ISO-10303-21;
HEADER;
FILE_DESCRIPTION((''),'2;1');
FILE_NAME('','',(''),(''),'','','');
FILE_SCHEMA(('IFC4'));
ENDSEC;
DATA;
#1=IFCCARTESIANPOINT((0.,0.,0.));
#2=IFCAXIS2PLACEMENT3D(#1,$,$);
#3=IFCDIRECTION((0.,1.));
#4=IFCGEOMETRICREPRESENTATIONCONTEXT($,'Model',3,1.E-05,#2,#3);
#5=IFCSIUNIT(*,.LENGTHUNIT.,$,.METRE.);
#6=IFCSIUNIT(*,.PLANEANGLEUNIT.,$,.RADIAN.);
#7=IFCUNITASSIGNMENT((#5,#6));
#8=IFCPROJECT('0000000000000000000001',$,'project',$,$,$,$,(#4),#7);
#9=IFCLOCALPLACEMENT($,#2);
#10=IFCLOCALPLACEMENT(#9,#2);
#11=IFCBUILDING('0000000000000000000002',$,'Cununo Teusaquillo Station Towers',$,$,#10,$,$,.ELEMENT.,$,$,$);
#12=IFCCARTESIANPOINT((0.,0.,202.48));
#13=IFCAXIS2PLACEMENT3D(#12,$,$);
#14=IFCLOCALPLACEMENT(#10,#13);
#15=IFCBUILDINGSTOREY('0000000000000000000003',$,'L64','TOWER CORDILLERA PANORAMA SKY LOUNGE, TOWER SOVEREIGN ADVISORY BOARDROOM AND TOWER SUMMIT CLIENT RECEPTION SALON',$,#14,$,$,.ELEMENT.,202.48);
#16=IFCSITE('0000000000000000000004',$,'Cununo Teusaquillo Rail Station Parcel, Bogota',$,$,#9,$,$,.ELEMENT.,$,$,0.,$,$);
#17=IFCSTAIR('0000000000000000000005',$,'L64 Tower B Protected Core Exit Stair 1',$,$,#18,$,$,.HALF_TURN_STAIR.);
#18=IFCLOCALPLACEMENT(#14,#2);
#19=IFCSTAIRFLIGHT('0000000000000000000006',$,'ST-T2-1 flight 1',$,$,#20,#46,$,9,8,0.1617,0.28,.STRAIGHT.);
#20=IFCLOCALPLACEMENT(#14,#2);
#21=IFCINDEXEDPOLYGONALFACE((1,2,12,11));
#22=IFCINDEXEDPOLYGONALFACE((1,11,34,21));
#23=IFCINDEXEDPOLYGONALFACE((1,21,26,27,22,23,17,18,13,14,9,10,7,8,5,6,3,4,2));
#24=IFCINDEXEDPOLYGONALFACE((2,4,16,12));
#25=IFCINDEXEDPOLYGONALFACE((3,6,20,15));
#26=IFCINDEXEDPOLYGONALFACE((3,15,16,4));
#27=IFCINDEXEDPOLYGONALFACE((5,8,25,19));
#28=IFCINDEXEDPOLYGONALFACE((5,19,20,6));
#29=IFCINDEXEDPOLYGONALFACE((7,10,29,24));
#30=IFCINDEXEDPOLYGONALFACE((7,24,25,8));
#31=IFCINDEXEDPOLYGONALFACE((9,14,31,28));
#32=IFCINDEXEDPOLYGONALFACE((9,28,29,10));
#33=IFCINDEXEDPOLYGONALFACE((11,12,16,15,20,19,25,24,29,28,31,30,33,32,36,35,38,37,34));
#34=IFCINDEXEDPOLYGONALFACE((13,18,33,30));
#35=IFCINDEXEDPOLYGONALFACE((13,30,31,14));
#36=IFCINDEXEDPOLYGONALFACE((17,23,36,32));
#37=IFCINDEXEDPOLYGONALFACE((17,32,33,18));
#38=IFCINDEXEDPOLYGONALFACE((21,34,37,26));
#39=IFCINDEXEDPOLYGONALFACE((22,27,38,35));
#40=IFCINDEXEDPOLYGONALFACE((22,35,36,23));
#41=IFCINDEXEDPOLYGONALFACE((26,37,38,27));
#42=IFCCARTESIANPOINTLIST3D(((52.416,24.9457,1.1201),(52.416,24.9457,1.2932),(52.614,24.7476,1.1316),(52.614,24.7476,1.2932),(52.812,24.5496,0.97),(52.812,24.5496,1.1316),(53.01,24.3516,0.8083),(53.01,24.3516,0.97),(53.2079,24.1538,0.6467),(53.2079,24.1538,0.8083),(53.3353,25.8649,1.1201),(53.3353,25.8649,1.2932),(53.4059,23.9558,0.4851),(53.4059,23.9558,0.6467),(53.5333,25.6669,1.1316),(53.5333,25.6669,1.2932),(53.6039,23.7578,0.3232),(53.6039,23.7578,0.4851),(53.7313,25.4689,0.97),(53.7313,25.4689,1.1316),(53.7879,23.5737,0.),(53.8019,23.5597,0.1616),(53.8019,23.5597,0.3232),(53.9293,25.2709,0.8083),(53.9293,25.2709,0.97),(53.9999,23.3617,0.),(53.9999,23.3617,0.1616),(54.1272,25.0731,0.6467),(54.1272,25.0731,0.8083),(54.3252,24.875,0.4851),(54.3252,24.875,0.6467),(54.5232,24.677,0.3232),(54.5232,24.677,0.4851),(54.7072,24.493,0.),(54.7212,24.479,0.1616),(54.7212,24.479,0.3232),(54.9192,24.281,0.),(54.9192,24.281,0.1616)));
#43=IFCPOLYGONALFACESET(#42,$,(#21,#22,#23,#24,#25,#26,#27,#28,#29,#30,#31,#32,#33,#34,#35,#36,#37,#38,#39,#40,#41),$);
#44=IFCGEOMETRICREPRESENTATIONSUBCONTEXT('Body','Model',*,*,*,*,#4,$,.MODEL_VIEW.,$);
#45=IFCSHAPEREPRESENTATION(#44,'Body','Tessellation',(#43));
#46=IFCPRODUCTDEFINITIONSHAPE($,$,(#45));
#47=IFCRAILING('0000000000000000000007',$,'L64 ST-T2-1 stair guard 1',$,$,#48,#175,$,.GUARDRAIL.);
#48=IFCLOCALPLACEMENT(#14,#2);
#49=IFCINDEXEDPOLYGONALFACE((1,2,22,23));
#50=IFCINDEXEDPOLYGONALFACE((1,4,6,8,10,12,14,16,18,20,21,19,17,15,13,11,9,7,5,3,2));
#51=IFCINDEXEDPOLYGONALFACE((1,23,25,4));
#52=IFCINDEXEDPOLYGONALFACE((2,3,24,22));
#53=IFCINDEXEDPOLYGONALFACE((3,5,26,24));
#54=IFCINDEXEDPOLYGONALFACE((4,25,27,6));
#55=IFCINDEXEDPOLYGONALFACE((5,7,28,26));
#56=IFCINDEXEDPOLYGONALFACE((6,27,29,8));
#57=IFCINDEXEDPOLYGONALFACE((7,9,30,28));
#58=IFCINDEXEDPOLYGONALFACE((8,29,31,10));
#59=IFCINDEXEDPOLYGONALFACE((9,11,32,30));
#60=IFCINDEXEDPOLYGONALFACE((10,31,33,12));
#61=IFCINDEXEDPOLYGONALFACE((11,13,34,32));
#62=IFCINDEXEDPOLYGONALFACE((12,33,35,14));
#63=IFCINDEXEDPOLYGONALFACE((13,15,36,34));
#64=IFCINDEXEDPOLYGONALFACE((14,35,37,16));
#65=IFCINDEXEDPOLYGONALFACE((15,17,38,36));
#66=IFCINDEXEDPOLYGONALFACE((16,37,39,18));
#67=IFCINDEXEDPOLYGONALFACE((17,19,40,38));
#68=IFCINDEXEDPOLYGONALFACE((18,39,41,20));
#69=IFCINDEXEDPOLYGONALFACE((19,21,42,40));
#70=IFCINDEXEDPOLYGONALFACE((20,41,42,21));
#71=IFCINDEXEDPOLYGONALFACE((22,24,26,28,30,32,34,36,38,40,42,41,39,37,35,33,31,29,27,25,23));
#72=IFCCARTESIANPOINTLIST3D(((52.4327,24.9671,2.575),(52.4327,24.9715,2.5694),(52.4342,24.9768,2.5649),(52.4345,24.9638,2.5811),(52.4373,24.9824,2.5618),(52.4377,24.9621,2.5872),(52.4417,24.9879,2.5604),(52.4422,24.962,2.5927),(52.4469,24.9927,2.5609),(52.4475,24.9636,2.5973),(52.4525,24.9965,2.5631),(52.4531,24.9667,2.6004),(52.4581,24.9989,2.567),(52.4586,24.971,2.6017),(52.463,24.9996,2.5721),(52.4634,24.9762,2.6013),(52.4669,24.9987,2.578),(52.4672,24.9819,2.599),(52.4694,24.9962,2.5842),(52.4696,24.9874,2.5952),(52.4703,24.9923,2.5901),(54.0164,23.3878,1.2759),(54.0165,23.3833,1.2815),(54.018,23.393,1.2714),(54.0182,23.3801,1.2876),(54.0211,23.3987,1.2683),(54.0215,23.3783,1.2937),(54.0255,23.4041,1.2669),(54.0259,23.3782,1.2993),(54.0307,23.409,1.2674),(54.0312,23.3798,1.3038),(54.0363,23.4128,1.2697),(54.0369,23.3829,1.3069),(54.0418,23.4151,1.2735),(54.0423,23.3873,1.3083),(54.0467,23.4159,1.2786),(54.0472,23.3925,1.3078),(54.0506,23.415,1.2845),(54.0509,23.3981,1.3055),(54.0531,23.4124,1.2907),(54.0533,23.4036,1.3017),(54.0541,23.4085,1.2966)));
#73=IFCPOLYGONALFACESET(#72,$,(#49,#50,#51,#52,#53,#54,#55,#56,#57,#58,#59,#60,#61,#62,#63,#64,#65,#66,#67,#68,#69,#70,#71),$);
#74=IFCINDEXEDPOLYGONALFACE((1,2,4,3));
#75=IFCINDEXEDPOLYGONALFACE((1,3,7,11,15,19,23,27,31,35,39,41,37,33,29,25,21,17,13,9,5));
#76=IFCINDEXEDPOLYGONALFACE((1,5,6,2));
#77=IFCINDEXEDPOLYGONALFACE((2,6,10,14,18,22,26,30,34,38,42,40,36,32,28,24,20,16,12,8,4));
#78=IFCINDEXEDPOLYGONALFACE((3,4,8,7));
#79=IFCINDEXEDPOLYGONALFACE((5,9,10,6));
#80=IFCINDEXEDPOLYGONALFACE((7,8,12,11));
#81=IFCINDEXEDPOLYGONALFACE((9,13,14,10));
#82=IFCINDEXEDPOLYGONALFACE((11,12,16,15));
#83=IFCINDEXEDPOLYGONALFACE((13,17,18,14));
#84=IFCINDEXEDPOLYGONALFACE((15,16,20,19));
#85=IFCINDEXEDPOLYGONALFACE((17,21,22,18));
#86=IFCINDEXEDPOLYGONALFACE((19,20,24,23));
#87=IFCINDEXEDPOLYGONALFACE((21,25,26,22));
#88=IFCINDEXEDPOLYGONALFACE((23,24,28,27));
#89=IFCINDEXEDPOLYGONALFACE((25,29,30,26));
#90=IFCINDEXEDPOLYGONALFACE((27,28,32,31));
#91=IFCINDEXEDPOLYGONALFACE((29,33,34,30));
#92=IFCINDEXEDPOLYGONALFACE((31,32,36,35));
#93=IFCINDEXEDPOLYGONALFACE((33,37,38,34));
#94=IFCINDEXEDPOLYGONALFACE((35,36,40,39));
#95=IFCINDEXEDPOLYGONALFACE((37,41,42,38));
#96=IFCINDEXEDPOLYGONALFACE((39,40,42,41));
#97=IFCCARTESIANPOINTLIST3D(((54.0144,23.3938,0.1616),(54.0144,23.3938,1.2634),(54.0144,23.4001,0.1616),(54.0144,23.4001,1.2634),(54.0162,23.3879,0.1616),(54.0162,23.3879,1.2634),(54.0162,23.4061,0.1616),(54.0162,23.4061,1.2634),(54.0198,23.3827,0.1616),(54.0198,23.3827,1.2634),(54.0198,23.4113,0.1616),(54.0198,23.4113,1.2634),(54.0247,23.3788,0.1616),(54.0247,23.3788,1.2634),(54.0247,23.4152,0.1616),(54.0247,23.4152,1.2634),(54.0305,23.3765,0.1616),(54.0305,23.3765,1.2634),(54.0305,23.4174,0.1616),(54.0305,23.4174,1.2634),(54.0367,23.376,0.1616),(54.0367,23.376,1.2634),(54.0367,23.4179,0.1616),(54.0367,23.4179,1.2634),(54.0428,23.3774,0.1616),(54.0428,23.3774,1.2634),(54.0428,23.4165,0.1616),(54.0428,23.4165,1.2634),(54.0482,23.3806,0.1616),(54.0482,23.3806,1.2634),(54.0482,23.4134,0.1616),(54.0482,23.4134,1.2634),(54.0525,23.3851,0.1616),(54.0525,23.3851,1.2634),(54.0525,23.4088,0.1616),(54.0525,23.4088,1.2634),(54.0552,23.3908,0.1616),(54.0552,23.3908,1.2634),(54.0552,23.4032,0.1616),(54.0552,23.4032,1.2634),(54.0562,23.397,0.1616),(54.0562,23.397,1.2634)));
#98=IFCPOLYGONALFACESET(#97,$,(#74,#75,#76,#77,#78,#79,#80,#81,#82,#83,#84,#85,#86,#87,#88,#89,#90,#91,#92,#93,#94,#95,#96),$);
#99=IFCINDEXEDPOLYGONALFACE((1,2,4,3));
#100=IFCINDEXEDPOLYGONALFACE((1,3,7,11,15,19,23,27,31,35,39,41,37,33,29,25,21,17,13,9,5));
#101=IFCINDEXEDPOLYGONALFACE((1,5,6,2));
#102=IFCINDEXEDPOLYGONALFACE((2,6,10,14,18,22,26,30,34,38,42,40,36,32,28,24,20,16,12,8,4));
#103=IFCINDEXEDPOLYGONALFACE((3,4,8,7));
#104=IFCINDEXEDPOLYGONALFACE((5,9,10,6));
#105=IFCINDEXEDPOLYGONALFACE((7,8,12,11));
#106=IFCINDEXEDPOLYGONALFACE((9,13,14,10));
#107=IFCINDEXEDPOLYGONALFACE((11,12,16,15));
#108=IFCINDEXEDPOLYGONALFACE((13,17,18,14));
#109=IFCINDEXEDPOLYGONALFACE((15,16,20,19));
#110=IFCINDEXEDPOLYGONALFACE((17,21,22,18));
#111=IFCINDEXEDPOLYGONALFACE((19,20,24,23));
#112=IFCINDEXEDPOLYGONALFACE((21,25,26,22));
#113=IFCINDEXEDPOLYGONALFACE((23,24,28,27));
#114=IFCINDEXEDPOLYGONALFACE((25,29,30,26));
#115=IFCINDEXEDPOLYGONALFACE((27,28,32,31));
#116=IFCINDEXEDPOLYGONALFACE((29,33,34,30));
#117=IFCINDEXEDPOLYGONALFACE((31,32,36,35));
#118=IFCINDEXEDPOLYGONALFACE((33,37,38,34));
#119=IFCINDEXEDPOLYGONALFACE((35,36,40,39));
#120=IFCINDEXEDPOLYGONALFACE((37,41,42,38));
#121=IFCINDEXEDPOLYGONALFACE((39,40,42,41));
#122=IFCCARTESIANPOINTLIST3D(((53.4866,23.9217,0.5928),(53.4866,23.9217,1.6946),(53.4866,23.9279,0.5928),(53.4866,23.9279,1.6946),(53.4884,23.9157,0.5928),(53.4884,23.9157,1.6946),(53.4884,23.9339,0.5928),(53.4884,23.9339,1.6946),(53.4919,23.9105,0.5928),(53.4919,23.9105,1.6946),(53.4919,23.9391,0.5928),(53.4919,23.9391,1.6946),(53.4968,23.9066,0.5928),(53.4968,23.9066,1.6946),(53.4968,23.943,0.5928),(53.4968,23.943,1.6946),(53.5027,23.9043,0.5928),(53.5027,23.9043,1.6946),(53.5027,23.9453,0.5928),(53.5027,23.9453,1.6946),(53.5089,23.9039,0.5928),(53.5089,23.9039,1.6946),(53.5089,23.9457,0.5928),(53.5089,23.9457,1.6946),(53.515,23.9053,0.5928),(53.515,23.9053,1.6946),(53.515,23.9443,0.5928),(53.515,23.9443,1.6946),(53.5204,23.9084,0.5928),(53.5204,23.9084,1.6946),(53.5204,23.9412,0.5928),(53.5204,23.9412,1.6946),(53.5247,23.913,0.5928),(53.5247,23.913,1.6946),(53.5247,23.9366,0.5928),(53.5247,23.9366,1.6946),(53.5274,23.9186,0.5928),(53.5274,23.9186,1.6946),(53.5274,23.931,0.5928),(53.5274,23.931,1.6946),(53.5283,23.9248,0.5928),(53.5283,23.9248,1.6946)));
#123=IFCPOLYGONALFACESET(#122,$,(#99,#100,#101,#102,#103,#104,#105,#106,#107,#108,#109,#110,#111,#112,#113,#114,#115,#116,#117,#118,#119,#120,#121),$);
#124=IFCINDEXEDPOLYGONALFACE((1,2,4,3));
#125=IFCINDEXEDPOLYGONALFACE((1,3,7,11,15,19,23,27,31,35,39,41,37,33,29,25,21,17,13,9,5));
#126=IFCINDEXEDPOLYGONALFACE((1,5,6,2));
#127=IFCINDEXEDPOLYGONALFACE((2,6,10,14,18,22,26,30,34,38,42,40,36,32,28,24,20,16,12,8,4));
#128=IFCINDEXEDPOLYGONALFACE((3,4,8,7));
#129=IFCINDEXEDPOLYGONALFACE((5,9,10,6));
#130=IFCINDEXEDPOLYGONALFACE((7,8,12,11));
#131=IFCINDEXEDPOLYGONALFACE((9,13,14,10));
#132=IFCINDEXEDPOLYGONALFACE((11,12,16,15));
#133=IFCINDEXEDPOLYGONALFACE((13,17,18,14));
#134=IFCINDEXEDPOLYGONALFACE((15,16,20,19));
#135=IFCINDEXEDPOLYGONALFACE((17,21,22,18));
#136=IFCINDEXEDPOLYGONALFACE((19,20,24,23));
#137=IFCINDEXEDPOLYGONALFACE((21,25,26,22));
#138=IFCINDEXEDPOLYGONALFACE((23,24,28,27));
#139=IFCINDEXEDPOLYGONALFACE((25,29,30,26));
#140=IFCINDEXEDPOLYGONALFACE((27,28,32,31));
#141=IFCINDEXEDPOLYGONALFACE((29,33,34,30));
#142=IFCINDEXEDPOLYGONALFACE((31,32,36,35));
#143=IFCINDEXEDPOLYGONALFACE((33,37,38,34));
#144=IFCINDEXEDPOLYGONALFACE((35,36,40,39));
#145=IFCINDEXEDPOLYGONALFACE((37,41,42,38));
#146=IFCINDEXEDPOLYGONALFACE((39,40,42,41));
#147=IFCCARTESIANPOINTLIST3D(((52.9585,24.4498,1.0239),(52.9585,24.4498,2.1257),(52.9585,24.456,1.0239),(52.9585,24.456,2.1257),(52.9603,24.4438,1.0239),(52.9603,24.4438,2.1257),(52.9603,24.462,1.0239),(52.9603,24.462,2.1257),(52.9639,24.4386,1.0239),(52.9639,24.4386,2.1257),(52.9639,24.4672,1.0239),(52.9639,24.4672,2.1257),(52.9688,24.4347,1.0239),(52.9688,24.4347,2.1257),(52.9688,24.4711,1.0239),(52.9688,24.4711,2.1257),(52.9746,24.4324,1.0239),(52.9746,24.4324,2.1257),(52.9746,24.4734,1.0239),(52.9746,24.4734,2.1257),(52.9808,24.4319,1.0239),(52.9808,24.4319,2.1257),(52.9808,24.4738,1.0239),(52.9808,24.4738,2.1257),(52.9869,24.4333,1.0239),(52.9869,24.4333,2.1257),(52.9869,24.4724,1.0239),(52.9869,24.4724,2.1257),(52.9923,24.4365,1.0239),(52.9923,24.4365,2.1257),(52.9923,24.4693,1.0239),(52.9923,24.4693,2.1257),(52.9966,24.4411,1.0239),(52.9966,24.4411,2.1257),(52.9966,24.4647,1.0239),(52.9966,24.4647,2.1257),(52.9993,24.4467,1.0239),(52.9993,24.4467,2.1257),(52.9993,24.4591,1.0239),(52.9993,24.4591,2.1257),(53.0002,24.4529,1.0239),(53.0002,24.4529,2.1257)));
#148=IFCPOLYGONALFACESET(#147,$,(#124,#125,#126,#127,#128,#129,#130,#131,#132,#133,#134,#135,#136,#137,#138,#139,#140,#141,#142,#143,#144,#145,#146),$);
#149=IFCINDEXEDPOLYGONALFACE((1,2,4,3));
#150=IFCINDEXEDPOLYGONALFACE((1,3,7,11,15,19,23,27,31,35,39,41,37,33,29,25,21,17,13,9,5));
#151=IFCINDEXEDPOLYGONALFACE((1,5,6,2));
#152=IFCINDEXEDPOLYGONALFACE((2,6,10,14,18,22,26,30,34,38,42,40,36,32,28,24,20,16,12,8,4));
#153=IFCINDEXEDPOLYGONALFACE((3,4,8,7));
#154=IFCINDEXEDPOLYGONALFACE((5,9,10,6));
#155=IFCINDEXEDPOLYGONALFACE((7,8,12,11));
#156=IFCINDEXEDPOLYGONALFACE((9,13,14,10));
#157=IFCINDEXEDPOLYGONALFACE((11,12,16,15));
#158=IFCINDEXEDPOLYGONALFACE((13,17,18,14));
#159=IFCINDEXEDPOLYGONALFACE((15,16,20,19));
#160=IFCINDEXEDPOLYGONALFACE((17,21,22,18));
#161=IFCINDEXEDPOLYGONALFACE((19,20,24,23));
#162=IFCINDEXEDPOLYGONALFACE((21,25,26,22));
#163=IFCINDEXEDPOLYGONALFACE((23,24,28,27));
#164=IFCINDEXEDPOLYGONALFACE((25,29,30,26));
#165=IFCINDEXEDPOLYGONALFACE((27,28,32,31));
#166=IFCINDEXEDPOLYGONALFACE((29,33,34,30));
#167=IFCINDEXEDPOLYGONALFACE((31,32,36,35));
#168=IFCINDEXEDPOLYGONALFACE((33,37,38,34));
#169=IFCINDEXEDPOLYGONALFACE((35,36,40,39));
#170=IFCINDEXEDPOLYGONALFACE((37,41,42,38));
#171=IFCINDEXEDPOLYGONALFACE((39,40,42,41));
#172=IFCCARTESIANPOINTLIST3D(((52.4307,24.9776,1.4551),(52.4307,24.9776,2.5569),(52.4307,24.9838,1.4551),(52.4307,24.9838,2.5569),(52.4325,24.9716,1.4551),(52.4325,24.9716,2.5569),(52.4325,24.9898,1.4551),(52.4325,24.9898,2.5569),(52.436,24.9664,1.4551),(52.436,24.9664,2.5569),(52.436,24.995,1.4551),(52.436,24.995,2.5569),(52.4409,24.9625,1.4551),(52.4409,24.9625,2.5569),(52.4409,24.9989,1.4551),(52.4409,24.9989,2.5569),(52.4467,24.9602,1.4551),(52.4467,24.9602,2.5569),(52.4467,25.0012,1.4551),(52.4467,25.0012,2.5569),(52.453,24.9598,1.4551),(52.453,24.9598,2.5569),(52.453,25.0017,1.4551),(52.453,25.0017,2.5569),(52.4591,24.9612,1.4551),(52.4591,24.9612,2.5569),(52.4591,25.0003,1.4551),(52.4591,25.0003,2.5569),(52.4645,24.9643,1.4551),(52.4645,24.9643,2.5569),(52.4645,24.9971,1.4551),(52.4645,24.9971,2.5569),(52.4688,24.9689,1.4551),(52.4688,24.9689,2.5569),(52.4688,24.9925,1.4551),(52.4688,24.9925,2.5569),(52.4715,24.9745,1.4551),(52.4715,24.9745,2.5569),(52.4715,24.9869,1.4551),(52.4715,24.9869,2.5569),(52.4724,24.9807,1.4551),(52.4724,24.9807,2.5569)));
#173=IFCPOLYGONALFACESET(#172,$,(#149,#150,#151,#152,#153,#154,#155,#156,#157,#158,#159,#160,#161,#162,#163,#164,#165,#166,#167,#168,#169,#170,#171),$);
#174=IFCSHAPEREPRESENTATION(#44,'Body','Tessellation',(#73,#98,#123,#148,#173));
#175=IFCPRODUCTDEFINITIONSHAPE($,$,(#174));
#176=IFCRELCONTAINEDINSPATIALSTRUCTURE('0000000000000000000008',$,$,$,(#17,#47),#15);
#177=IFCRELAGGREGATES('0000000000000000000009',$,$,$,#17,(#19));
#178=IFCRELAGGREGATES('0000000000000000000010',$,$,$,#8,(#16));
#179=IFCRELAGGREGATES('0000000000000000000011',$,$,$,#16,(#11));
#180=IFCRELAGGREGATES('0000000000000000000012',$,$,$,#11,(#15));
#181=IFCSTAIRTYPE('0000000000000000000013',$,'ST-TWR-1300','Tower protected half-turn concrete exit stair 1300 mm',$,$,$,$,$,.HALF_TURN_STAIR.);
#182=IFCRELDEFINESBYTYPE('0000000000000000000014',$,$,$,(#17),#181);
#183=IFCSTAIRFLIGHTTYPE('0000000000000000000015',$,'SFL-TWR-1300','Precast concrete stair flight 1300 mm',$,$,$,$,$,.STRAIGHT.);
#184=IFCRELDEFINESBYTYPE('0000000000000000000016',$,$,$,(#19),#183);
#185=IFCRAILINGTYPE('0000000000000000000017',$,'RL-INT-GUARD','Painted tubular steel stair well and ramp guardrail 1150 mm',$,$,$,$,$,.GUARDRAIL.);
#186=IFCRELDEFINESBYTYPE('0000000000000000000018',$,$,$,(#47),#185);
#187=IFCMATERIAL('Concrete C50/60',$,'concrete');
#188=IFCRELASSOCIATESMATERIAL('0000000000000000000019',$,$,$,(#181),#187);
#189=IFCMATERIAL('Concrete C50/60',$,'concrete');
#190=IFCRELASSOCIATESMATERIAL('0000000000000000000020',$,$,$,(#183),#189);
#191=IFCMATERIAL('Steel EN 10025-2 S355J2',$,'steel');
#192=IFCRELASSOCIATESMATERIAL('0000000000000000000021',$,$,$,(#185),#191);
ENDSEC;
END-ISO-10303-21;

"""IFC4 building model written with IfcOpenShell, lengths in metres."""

from ifc_helpers import new_model, si_unit, direction, frame, origin, origin_2d, place, context, subcontext, project, spatial, polyline, circle, outline, extrude, material, type_object, element, aggregate, save


model = new_model("IFC4")

# Units and contexts
model_context = context("Model", 3, precision=1e-05, world=origin(), true_north=direction((0.0, 1.0)))
body_context = subcontext(model_context, "Body", "Model", "MODEL_VIEW")
ifc_project = project(units=[si_unit("LENGTHUNIT", "METRE"), si_unit("PLANEANGLEUNIT", "RADIAN")], contexts=[model_context])

# Site, building, storey
site_placement = place(None, origin())
site = spatial("IfcSite", under=ifc_project, at=site_placement, Name="Cununo Teusaquillo Rail Station Parcel, Bogota", CompositionType="ELEMENT", RefElevation=0.0)
building_placement = place(site_placement, origin())
building = spatial("IfcBuilding", under=site, at=building_placement, Name="Cununo Teusaquillo Station Towers", CompositionType="ELEMENT")
storey_placement = place(building_placement, frame((0.0, 0.0, 202.48)))
storey = spatial("IfcBuildingStorey", under=building, at=storey_placement, Name="L64", Description="TOWER CORDILLERA PANORAMA SKY LOUNGE, TOWER SOVEREIGN ADVISORY BOARDROOM AND TOWER SUMMIT CLIENT RECEPTION SALON", CompositionType="ELEMENT", Elevation=202.48)

# Stair, stair flight
ifc_material_1 = material(Name="Concrete C50/60", Category="concrete")
stair_type = type_object("IfcStairType", Name="ST-TWR-1300", Description="Tower protected half-turn concrete exit stair 1300 mm", PredefinedType="HALF_TURN_STAIR", material=ifc_material_1)
stair_placement = place(storey_placement, origin())
stair = element("IfcStair", 1, at=stair_placement, inside=storey, type_object=stair_type, Name="L64 Tower B Protected Core Exit Stair 1", PredefinedType="HALF_TURN_STAIR")
ifc_material_2 = material(Name="Concrete C50/60", Category="concrete")
stair_flight_type = type_object("IfcStairFlightType", Name="SFL-TWR-1300", Description="Precast concrete stair flight 1300 mm", PredefinedType="STRAIGHT", material=ifc_material_2)
stair_flight_placement = place(storey_placement, frame((54.4595, 23.8213, 0.0), z_axis=(0.0, 0.0, 1.0), x_axis=(-0.707107, 0.707107, 0.0)))
stair_flight = element("IfcStairFlight", 2, at=stair_flight_placement, type_object=stair_flight_type, Name="ST-T2-1 flight 1", NumberOfRisers=9, NumberOfTreads=8, PredefinedType="STRAIGHT", RiserHeight=0.1617, TreadLength=0.28, context=body_context, shape_type="SweptSolid", body=[
    extrude(outline(polyline([(0.0, 0.0), (0.0, 0.1616), (0.28, 0.1616), (0.28, 0.3232), (0.5601, 0.3232), (0.5601, 0.4851), (0.8401, 0.4851), (0.8401, 0.6467), (1.1201, 0.6467), (1.1201, 0.8083), (1.3999, 0.8083), (1.3999, 0.97), (1.6799, 0.97), (1.6799, 1.1316), (1.96, 1.1316), (1.96, 1.2932), (2.24, 1.2932), (2.24, 1.4551), (2.24, 1.1201), (0.2998, 0.0), (0.0, 0.0)])), frame((0.0, 0.6499, 0.0), z_axis=(0.0, -1.0, 0.0), x_axis=(1.0, 0.0, 0.0)), (0.0, 0.0, 1.0), 1.3),
])
aggregate(stair, [stair_flight])

# Railing
ifc_material_3 = material(Name="Steel EN 10025-2 S355J2", Category="steel")
railing_type_1 = type_object("IfcRailingType", Name="RL-INT-GUARD", Description="Painted tubular steel stair well and ramp guardrail 1150 mm", PredefinedType="GUARDRAIL", material=ifc_material_3)
railing_1_placement = place(storey_placement, frame((54.0352, 23.397, 0.1616)))
element("IfcRailing", 3, at=railing_1_placement, inside=storey, type_object=railing_type_1, Name="L64 ST-T2-1 stair guard 1", PredefinedType="GUARDRAIL", context=body_context, shape_type="SweptSolid", body=[
    extrude(circle(Radius=0.0239, at=origin_2d()), frame((0.0, 0.0, 1.126), z_axis=(-0.612332, 0.612332, 0.500098), x_axis=(-0.707107, -0.707107, 0.0)), (0.0, 0.0, 1.0), 2.5864),
    extrude(circle(Radius=0.021, at=origin_2d()), origin(), (0.0, 0.0, 1.0), 1.1018),
    extrude(circle(Radius=0.021, at=origin_2d()), frame((-0.5278, 0.5278, 0.4312)), (0.0, 0.0, 1.0), 1.1018),
    extrude(circle(Radius=0.021, at=origin_2d()), frame((-1.0559, 1.0559, 0.8623)), (0.0, 0.0, 1.0), 1.1018),
    extrude(circle(Radius=0.021, at=origin_2d()), frame((-1.5837, 1.5837, 1.2935)), (0.0, 0.0, 1.0), 1.1018),
])

save(model, "model.ifc")
